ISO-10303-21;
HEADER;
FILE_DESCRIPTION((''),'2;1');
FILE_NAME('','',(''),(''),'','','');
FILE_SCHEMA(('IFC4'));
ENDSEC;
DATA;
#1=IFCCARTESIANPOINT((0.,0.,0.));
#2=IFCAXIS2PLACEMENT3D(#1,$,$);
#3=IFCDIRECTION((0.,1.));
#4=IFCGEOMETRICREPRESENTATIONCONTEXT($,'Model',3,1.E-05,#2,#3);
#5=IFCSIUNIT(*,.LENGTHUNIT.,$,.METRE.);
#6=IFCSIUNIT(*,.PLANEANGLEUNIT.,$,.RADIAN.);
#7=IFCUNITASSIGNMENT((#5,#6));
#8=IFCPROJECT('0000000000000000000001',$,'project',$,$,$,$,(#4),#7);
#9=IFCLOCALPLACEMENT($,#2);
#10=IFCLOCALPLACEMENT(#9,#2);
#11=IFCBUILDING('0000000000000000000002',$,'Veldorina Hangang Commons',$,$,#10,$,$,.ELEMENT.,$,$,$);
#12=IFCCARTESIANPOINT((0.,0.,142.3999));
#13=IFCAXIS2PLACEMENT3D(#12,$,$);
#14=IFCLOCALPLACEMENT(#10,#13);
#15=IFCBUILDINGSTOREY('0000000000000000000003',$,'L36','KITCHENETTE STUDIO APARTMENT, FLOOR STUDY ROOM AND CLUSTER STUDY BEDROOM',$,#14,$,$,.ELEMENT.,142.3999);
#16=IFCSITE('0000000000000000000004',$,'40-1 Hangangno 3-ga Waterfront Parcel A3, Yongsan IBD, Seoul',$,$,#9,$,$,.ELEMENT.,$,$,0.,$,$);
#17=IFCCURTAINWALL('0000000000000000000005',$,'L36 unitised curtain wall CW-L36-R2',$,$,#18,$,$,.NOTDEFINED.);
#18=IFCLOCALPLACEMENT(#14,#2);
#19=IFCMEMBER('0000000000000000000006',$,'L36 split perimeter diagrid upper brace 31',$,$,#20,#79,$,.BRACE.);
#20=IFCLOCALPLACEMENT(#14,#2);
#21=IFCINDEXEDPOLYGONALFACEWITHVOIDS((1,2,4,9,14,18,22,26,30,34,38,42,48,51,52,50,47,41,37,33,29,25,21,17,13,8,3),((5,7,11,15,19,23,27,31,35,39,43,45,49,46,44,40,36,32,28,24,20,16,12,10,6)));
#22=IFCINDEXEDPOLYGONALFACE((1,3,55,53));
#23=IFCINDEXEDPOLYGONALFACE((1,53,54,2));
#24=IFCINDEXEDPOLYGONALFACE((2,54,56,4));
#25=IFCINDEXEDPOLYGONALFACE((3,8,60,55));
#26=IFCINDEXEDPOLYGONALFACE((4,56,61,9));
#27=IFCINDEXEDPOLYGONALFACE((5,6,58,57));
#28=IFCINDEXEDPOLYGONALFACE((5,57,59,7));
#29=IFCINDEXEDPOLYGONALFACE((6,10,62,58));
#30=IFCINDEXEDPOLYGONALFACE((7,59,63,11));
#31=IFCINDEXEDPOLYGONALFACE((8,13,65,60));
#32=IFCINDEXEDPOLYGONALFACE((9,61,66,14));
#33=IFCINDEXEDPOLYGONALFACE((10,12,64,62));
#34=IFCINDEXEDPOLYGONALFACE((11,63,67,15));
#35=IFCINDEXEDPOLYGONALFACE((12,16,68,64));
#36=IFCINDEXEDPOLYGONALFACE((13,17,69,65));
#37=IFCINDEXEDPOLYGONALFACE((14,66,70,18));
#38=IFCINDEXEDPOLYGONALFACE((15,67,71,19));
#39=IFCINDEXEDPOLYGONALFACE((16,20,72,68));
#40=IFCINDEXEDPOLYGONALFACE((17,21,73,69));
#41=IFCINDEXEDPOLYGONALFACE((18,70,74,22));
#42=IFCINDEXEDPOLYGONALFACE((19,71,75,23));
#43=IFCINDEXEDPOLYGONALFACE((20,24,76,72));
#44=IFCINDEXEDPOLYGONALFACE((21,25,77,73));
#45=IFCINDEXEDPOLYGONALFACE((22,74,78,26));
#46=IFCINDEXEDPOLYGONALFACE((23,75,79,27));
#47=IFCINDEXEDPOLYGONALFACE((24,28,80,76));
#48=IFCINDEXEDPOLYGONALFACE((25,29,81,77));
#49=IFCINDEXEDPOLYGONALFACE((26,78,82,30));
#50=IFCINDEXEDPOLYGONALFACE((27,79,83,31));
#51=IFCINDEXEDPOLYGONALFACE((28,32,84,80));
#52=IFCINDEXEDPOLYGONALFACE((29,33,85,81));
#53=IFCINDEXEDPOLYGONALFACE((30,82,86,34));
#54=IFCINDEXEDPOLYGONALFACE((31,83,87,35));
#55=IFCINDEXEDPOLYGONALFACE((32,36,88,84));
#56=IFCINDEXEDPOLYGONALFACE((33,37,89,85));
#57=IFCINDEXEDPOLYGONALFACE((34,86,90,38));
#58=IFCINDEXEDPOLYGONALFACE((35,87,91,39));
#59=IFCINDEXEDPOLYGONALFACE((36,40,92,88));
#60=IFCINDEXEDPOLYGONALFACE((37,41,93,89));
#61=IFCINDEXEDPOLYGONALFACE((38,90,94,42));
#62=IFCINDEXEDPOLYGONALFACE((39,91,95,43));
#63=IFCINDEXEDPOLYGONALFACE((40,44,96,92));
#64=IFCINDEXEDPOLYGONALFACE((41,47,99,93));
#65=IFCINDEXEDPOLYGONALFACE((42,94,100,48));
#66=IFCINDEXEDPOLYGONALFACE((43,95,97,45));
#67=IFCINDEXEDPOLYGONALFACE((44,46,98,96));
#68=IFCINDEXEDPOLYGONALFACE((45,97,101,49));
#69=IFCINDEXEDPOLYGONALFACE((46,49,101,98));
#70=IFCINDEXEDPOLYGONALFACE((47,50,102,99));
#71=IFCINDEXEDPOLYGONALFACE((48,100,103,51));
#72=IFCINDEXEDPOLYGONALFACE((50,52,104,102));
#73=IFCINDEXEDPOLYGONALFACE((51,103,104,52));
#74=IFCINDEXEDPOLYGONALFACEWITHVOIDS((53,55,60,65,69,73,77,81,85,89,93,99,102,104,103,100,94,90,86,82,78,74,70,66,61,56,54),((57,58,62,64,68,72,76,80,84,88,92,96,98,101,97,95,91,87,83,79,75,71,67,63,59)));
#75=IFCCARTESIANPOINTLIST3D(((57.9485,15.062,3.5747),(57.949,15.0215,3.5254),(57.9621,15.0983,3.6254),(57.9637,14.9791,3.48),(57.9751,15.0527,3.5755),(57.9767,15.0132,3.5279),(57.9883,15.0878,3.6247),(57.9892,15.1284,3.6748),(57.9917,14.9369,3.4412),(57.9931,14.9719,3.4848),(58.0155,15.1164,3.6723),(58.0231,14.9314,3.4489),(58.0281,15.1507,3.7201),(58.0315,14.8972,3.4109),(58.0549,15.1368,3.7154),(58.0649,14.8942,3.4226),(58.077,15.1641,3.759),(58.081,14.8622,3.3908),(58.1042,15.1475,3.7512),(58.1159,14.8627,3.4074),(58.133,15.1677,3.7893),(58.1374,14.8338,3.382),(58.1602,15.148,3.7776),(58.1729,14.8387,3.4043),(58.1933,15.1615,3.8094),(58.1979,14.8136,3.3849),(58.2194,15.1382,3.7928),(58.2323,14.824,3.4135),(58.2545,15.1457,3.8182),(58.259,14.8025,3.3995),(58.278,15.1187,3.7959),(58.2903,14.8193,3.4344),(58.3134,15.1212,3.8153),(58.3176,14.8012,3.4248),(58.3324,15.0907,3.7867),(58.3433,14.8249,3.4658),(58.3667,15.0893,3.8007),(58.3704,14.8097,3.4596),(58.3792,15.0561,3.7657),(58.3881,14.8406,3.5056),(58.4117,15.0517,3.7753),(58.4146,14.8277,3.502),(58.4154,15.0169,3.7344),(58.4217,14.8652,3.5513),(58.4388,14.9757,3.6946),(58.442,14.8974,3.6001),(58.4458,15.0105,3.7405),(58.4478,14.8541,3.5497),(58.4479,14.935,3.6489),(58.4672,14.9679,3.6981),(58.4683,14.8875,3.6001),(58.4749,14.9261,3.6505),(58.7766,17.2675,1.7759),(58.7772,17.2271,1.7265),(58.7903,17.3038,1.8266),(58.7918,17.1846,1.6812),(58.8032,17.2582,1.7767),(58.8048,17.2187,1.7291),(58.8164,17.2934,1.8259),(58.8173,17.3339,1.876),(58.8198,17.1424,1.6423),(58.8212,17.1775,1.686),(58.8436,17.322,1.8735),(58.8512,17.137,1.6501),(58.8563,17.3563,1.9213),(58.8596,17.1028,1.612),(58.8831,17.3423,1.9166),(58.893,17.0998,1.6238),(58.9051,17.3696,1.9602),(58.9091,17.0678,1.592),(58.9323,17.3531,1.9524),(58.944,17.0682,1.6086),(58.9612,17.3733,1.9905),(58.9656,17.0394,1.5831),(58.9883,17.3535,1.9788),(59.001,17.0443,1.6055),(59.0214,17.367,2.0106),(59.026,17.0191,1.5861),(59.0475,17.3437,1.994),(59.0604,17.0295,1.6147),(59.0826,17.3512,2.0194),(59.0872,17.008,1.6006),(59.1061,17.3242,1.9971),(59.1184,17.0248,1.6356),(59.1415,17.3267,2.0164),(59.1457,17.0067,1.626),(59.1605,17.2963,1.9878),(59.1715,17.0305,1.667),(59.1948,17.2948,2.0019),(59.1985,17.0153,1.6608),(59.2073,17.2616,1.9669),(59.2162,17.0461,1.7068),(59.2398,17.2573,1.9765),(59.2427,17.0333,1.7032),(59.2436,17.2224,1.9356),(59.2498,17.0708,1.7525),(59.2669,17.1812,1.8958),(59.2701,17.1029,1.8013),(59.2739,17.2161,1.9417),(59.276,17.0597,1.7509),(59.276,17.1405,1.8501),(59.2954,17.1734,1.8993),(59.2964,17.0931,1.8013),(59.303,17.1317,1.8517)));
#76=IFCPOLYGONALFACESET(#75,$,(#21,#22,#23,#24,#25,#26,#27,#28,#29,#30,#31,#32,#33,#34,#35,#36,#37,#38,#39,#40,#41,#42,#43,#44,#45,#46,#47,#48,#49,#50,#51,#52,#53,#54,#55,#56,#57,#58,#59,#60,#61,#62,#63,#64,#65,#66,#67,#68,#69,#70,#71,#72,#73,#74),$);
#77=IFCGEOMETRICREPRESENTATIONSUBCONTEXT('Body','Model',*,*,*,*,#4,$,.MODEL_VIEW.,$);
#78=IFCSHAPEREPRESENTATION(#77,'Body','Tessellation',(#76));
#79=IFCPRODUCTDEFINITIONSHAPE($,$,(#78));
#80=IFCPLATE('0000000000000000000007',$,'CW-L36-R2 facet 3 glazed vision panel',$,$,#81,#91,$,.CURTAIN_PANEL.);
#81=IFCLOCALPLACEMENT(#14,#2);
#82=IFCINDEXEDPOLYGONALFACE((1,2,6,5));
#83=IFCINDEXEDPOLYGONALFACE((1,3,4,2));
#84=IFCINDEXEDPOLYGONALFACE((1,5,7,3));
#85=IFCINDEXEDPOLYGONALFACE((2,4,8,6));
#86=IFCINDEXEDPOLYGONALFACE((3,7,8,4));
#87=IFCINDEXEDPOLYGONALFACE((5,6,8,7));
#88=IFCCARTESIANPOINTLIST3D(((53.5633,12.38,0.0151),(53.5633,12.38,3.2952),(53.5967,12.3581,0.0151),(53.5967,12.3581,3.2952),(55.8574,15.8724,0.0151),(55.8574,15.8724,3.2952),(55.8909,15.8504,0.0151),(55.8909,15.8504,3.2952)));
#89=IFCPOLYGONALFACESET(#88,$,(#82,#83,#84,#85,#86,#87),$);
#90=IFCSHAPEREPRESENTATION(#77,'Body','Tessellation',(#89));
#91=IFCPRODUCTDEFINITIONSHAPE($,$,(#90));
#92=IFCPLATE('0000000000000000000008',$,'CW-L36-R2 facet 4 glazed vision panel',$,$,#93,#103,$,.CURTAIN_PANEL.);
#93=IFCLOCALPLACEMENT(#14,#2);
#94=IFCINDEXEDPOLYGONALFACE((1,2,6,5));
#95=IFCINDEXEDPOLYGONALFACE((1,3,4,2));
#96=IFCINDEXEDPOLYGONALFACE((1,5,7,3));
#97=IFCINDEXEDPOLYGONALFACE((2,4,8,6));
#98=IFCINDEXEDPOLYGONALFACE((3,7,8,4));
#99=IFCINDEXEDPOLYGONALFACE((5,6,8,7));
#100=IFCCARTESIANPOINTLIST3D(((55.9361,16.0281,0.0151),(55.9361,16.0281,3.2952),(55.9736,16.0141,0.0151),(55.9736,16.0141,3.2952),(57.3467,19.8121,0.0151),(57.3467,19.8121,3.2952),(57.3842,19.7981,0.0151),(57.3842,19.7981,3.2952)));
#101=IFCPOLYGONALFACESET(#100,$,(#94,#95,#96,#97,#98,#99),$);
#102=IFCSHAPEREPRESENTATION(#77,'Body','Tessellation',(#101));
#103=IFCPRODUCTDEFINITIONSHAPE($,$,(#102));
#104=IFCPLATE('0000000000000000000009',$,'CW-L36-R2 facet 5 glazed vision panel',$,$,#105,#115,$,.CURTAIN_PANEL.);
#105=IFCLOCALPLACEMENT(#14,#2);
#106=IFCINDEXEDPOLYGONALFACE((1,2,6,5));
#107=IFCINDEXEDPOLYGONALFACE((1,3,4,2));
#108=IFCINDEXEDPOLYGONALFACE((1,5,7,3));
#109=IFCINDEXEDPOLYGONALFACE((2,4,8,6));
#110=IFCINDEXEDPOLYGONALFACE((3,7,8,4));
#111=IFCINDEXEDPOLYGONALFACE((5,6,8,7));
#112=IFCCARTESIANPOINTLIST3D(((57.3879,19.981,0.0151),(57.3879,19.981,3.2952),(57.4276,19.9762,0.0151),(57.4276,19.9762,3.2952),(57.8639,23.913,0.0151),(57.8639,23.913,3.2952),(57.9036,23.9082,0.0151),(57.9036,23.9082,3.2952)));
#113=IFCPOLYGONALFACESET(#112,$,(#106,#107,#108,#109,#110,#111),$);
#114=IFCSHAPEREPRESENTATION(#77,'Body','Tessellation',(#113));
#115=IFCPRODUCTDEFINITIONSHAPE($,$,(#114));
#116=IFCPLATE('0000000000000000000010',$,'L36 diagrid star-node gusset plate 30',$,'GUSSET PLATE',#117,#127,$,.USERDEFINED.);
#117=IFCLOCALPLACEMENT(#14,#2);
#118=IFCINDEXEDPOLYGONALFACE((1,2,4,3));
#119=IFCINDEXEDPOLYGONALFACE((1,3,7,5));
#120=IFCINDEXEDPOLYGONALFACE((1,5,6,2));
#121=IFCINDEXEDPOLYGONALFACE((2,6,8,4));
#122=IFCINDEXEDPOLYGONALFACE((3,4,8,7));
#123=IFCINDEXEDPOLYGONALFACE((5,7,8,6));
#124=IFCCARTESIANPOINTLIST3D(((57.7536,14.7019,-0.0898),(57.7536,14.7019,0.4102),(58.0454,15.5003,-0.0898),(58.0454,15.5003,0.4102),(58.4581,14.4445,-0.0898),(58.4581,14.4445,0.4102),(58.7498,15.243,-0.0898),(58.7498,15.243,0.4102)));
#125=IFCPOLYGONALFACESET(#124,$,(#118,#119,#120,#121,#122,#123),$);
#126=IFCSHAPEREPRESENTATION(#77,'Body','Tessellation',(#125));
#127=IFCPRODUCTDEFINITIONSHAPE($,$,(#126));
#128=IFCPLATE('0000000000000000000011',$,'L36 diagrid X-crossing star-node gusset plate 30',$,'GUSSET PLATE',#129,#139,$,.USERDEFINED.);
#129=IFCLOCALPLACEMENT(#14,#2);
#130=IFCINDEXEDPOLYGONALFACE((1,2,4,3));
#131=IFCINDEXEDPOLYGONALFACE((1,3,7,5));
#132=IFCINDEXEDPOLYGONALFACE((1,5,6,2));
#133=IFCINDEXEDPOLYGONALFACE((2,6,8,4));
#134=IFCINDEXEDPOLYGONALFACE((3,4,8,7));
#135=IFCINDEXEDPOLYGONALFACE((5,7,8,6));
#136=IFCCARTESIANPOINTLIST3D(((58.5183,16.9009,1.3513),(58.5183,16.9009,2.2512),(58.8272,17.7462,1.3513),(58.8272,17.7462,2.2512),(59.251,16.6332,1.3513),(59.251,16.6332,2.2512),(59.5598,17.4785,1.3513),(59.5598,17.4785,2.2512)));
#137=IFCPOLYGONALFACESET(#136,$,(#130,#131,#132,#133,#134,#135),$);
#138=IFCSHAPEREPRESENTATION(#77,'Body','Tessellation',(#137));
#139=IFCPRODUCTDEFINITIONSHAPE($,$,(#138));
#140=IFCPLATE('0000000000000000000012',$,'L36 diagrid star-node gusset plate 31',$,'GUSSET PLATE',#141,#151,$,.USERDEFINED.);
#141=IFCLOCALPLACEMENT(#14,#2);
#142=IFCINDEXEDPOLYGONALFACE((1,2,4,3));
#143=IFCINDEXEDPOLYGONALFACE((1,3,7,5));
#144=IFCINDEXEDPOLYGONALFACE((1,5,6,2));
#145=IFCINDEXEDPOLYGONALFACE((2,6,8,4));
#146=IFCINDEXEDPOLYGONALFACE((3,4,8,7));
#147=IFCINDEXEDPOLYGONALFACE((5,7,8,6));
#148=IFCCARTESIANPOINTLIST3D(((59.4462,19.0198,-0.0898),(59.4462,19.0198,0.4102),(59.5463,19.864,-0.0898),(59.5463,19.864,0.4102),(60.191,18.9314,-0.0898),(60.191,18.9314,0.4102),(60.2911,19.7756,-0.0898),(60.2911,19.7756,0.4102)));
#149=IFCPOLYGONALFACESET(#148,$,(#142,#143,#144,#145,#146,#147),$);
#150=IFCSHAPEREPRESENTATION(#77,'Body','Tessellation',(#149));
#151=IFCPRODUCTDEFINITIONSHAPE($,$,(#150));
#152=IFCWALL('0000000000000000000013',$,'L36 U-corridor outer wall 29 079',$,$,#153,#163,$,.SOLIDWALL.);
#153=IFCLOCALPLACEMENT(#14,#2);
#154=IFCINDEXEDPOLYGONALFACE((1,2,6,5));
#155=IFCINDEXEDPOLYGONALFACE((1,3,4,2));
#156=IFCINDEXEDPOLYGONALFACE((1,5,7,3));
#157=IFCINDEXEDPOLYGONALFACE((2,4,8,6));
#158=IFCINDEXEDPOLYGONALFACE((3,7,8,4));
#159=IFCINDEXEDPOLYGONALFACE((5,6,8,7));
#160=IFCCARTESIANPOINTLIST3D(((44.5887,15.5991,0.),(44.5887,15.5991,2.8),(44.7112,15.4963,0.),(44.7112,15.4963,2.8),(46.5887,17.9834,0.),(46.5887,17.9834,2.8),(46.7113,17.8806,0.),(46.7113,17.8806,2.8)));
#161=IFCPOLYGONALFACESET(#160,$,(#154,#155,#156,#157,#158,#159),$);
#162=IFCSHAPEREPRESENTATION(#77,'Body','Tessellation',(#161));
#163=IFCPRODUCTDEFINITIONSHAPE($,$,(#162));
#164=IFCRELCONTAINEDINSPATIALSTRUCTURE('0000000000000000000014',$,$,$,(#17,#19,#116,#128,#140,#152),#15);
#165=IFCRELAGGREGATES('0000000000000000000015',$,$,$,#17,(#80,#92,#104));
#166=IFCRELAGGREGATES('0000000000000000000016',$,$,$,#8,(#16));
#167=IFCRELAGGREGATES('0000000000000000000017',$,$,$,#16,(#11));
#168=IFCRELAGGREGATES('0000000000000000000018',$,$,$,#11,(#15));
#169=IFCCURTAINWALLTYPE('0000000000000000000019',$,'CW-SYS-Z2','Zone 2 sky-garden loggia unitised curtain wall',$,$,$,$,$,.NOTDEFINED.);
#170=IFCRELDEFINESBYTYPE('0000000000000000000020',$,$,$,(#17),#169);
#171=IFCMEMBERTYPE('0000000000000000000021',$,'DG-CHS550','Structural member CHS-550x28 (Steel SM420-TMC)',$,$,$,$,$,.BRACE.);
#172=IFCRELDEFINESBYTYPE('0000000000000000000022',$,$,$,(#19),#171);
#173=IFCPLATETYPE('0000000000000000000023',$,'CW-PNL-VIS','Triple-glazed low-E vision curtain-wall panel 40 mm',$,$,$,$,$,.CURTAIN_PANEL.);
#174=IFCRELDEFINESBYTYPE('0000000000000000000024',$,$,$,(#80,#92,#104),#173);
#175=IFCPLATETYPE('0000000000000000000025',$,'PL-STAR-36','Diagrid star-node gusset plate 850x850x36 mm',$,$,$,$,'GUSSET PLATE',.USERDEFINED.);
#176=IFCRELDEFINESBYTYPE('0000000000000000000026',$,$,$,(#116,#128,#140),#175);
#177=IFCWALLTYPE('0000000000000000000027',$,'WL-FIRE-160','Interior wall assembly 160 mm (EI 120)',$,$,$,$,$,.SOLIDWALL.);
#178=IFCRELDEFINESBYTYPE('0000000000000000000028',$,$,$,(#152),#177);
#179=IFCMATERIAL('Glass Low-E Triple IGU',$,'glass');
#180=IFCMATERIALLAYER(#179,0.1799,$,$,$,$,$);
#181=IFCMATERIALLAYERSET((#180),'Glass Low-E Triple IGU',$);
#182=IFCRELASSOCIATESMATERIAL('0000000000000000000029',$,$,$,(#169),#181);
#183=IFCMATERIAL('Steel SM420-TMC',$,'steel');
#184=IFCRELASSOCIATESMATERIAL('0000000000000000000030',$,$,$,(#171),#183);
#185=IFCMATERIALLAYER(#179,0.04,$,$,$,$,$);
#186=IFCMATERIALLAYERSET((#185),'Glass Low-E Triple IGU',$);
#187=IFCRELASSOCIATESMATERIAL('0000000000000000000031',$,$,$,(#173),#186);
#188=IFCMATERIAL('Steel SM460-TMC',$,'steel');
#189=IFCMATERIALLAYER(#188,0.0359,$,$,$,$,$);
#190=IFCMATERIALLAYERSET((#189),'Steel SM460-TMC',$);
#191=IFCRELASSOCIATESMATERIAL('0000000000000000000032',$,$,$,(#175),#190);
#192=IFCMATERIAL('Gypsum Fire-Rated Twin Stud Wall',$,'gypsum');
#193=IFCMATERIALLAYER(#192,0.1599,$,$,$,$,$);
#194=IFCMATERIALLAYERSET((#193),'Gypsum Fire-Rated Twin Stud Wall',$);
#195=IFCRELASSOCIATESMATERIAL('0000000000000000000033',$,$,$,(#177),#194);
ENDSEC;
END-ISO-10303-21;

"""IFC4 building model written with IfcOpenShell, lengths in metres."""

from ifc_helpers import new_model, si_unit, direction, frame, frame_2d, origin, origin_2d, place, context, subcontext, project, spatial, rectangle, hollow_circle, extrude, material, layer, layer_set, material_profile, profile_set, type_object, element, aggregate, save


model = new_model("IFC4")

# Units and contexts
model_context = context("Model", 3, precision=1e-05, world=origin(), true_north=direction((0.0, 1.0)))
body_context = subcontext(model_context, "Body", "Model", "MODEL_VIEW")
ifc_project = project(units=[si_unit("LENGTHUNIT", "METRE"), si_unit("PLANEANGLEUNIT", "RADIAN")], contexts=[model_context])

# Site, building, storey
site_placement = place(None, origin())
site = spatial("IfcSite", under=ifc_project, at=site_placement, Name="40-1 Hangangno 3-ga Waterfront Parcel A3, Yongsan IBD, Seoul", CompositionType="ELEMENT", RefElevation=0.0)
building_placement = place(site_placement, origin())
building = spatial("IfcBuilding", under=site, at=building_placement, Name="Veldorina Hangang Commons", CompositionType="ELEMENT")
storey_placement = place(building_placement, frame((0.0, 0.0, 142.3999)))
storey = spatial("IfcBuildingStorey", under=building, at=storey_placement, Name="L36", Description="KITCHENETTE STUDIO APARTMENT, FLOOR STUDY ROOM AND CLUSTER STUDY BEDROOM", CompositionType="ELEMENT", Elevation=142.3999)

# Shared definitions
ifc_material_1 = material(Name="Steel SM420-TMC", Category="steel")

# Curtain wall
ifc_material_2 = material(Name="Glass Low-E Triple IGU", Category="glass")
ifc_layer_1 = layer(ifc_material_2, 0.1799)
ifc_layer_set_1 = layer_set([ifc_layer_1], Name="Glass Low-E Triple IGU")
curtain_wall_type = type_object("IfcCurtainWallType", Name="CW-SYS-Z2", Description="Zone 2 sky-garden loggia unitised curtain wall", PredefinedType="NOTDEFINED", material=ifc_layer_set_1)
curtain_wall_placement = place(storey_placement, origin())
curtain_wall = element("IfcCurtainWall", 1, at=curtain_wall_placement, inside=storey, type_object=curtain_wall_type, Name="L36 unitised curtain wall CW-L36-R2", PredefinedType="NOTDEFINED")

# Member
ifc_material_profile_1 = material_profile(ifc_material_1, hollow_circle(Radius=0.2749, WallThickness=0.0281, at=origin_2d()), Name="CHS-550x28")
ifc_profile_set_1 = profile_set([ifc_material_profile_1], Name="Steel SM420-TMC")
member_type_1 = type_object("IfcMemberType", Name="DG-CHS550", Description="Structural member CHS-550x28 (Steel SM420-TMC)", PredefinedType="BRACE", material=ifc_profile_set_1)
member_1_placement = place(storey_placement, frame((59.0391, 17.1897, 1.8013), z_axis=(-0.279382, -0.744084, 0.606864), x_axis=(0.936184, -0.35151, 0.0)))
element("IfcMember", 2, at=member_1_placement, inside=storey, type_object=member_type_1, Name="L36 split perimeter diagrid upper brace 31", PredefinedType="BRACE", context=body_context, shape_type="SweptSolid", body=[
    extrude(hollow_circle(Radius=0.2749, WallThickness=0.0281, at=origin_2d()), origin(), (0.0, 0.0, 1.0), 2.9641),
])

# Plates
ifc_layer_2 = layer(ifc_material_2, 0.04)
ifc_layer_set_2 = layer_set([ifc_layer_2], Name="Glass Low-E Triple IGU")
plate_type_1 = type_object("IfcPlateType", Name="CW-PNL-VIS", Description="Triple-glazed low-E vision curtain-wall panel 40 mm", PredefinedType="CURTAIN_PANEL", material=ifc_layer_set_2)
plate_1_placement = place(storey_placement, frame((54.7271, 14.1152, 0.0151), z_axis=(0.0, 0.0, 1.0), x_axis=(0.549037, 0.835798, 0.0)))
plate_1 = element("IfcPlate", 3, at=plate_1_placement, type_object=plate_type_1, Name="CW-L36-R2 facet 3 glazed vision panel", PredefinedType="CURTAIN_PANEL", context=body_context, shape_type="SweptSolid", body=[
    extrude(rectangle(XDim=4.1785, YDim=0.04, at=origin_2d()), origin(), (0.0, 0.0, 1.0), 3.28),
])
plate_2_placement = place(storey_placement, frame((56.6602, 17.9131, 0.0151), z_axis=(0.0, 0.0, 1.0), x_axis=(0.349308, 0.937008, 0.0)))
plate_2 = element("IfcPlate", 4, at=plate_2_placement, type_object=plate_type_1, Name="CW-L36-R2 facet 4 glazed vision panel", PredefinedType="CURTAIN_PANEL", context=body_context, shape_type="SweptSolid", body=[
    extrude(rectangle(XDim=4.0383, YDim=0.04, at=origin_2d()), origin(), (0.0, 0.0, 1.0), 3.28),
])
plate_3_placement = place(storey_placement, frame((57.6458, 21.9446, 0.0151), z_axis=(0.0, 0.0, 1.0), x_axis=(0.120171, 0.992753, 0.0)))
plate_3 = element("IfcPlate", 5, at=plate_3_placement, type_object=plate_type_1, Name="CW-L36-R2 facet 5 glazed vision panel", PredefinedType="CURTAIN_PANEL", context=body_context, shape_type="SweptSolid", body=[
    extrude(rectangle(XDim=3.9607, YDim=0.04, at=origin_2d()), origin(), (0.0, 0.0, 1.0), 3.28),
])
aggregate(curtain_wall, [plate_1, plate_2, plate_3])

# Plates
ifc_material_3 = material(Name="Steel SM460-TMC", Category="steel")
ifc_layer_3 = layer(ifc_material_3, 0.0359)
ifc_layer_set_3 = layer_set([ifc_layer_3], Name="Steel SM460-TMC")
plate_type_2 = type_object("IfcPlateType", Name="PL-STAR-36", Description="Diagrid star-node gusset plate 850x850x36 mm", ElementType="GUSSET PLATE", PredefinedType="USERDEFINED", material=ifc_layer_set_3)
plate_4_placement = place(storey_placement, frame((58.2517, 14.9724, -0.0898), z_axis=(0.0, 0.0, 1.0), x_axis=(0.343184, 0.939268, 0.0)))
element("IfcPlate", 6, at=plate_4_placement, inside=storey, type_object=plate_type_2, Name="L36 diagrid star-node gusset plate 30", ObjectType="GUSSET PLATE", PredefinedType="USERDEFINED", context=body_context, shape_type="SweptSolid", body=[
    extrude(rectangle(XDim=0.8501, YDim=0.75, at=origin_2d()), origin(), (0.0, 0.0, 1.0), 0.5),
])
plate_5_placement = place(storey_placement, frame((59.0391, 17.1897, 1.3513), z_axis=(0.0, 0.0, 1.0), x_axis=(0.343184, 0.939268, 0.0)))
element("IfcPlate", 7, at=plate_5_placement, inside=storey, type_object=plate_type_2, Name="L36 diagrid X-crossing star-node gusset plate 30", ObjectType="GUSSET PLATE", PredefinedType="USERDEFINED", context=body_context, shape_type="SweptSolid", body=[
    extrude(rectangle(XDim=0.8999, YDim=0.78, at=origin_2d()), origin(), (0.0, 0.0, 1.0), 0.8999),
])
plate_6_placement = place(storey_placement, frame((59.8687, 19.3977, -0.0898), z_axis=(0.0, 0.0, 1.0), x_axis=(0.117815, 0.993036, 0.0)))
element("IfcPlate", 8, at=plate_6_placement, inside=storey, type_object=plate_type_2, Name="L36 diagrid star-node gusset plate 31", ObjectType="GUSSET PLATE", PredefinedType="USERDEFINED", context=body_context, shape_type="SweptSolid", body=[
    extrude(rectangle(XDim=0.8501, YDim=0.75, at=origin_2d()), origin(), (0.0, 0.0, 1.0), 0.5),
])

# Wall
ifc_material_4 = material(Name="Gypsum Fire-Rated Twin Stud Wall", Category="gypsum")
ifc_layer_4 = layer(ifc_material_4, 0.1599)
ifc_layer_set_4 = layer_set([ifc_layer_4], Name="Gypsum Fire-Rated Twin Stud Wall")
wall_type_1 = type_object("IfcWallType", Name="WL-FIRE-160", Description="Interior wall assembly 160 mm (EI 120)", PredefinedType="SOLIDWALL", material=ifc_layer_set_4)
wall_1_placement = place(storey_placement, frame((44.6499, 15.5476, 0.0), z_axis=(0.0, 0.0, 1.0), x_axis=(0.642666, 0.766147, 0.0)))
element("IfcWall", 9, at=wall_1_placement, inside=storey, type_object=wall_type_1, Name="L36 U-corridor outer wall 29 079", PredefinedType="SOLIDWALL", context=body_context, shape_type="SweptSolid", body=[
    extrude(rectangle(XDim=3.1121, YDim=0.1599, at=frame_2d((1.5562, 0.0))), origin(), (0.0, 0.0, 1.0), 2.8),
])

save(model, "model.ifc")
